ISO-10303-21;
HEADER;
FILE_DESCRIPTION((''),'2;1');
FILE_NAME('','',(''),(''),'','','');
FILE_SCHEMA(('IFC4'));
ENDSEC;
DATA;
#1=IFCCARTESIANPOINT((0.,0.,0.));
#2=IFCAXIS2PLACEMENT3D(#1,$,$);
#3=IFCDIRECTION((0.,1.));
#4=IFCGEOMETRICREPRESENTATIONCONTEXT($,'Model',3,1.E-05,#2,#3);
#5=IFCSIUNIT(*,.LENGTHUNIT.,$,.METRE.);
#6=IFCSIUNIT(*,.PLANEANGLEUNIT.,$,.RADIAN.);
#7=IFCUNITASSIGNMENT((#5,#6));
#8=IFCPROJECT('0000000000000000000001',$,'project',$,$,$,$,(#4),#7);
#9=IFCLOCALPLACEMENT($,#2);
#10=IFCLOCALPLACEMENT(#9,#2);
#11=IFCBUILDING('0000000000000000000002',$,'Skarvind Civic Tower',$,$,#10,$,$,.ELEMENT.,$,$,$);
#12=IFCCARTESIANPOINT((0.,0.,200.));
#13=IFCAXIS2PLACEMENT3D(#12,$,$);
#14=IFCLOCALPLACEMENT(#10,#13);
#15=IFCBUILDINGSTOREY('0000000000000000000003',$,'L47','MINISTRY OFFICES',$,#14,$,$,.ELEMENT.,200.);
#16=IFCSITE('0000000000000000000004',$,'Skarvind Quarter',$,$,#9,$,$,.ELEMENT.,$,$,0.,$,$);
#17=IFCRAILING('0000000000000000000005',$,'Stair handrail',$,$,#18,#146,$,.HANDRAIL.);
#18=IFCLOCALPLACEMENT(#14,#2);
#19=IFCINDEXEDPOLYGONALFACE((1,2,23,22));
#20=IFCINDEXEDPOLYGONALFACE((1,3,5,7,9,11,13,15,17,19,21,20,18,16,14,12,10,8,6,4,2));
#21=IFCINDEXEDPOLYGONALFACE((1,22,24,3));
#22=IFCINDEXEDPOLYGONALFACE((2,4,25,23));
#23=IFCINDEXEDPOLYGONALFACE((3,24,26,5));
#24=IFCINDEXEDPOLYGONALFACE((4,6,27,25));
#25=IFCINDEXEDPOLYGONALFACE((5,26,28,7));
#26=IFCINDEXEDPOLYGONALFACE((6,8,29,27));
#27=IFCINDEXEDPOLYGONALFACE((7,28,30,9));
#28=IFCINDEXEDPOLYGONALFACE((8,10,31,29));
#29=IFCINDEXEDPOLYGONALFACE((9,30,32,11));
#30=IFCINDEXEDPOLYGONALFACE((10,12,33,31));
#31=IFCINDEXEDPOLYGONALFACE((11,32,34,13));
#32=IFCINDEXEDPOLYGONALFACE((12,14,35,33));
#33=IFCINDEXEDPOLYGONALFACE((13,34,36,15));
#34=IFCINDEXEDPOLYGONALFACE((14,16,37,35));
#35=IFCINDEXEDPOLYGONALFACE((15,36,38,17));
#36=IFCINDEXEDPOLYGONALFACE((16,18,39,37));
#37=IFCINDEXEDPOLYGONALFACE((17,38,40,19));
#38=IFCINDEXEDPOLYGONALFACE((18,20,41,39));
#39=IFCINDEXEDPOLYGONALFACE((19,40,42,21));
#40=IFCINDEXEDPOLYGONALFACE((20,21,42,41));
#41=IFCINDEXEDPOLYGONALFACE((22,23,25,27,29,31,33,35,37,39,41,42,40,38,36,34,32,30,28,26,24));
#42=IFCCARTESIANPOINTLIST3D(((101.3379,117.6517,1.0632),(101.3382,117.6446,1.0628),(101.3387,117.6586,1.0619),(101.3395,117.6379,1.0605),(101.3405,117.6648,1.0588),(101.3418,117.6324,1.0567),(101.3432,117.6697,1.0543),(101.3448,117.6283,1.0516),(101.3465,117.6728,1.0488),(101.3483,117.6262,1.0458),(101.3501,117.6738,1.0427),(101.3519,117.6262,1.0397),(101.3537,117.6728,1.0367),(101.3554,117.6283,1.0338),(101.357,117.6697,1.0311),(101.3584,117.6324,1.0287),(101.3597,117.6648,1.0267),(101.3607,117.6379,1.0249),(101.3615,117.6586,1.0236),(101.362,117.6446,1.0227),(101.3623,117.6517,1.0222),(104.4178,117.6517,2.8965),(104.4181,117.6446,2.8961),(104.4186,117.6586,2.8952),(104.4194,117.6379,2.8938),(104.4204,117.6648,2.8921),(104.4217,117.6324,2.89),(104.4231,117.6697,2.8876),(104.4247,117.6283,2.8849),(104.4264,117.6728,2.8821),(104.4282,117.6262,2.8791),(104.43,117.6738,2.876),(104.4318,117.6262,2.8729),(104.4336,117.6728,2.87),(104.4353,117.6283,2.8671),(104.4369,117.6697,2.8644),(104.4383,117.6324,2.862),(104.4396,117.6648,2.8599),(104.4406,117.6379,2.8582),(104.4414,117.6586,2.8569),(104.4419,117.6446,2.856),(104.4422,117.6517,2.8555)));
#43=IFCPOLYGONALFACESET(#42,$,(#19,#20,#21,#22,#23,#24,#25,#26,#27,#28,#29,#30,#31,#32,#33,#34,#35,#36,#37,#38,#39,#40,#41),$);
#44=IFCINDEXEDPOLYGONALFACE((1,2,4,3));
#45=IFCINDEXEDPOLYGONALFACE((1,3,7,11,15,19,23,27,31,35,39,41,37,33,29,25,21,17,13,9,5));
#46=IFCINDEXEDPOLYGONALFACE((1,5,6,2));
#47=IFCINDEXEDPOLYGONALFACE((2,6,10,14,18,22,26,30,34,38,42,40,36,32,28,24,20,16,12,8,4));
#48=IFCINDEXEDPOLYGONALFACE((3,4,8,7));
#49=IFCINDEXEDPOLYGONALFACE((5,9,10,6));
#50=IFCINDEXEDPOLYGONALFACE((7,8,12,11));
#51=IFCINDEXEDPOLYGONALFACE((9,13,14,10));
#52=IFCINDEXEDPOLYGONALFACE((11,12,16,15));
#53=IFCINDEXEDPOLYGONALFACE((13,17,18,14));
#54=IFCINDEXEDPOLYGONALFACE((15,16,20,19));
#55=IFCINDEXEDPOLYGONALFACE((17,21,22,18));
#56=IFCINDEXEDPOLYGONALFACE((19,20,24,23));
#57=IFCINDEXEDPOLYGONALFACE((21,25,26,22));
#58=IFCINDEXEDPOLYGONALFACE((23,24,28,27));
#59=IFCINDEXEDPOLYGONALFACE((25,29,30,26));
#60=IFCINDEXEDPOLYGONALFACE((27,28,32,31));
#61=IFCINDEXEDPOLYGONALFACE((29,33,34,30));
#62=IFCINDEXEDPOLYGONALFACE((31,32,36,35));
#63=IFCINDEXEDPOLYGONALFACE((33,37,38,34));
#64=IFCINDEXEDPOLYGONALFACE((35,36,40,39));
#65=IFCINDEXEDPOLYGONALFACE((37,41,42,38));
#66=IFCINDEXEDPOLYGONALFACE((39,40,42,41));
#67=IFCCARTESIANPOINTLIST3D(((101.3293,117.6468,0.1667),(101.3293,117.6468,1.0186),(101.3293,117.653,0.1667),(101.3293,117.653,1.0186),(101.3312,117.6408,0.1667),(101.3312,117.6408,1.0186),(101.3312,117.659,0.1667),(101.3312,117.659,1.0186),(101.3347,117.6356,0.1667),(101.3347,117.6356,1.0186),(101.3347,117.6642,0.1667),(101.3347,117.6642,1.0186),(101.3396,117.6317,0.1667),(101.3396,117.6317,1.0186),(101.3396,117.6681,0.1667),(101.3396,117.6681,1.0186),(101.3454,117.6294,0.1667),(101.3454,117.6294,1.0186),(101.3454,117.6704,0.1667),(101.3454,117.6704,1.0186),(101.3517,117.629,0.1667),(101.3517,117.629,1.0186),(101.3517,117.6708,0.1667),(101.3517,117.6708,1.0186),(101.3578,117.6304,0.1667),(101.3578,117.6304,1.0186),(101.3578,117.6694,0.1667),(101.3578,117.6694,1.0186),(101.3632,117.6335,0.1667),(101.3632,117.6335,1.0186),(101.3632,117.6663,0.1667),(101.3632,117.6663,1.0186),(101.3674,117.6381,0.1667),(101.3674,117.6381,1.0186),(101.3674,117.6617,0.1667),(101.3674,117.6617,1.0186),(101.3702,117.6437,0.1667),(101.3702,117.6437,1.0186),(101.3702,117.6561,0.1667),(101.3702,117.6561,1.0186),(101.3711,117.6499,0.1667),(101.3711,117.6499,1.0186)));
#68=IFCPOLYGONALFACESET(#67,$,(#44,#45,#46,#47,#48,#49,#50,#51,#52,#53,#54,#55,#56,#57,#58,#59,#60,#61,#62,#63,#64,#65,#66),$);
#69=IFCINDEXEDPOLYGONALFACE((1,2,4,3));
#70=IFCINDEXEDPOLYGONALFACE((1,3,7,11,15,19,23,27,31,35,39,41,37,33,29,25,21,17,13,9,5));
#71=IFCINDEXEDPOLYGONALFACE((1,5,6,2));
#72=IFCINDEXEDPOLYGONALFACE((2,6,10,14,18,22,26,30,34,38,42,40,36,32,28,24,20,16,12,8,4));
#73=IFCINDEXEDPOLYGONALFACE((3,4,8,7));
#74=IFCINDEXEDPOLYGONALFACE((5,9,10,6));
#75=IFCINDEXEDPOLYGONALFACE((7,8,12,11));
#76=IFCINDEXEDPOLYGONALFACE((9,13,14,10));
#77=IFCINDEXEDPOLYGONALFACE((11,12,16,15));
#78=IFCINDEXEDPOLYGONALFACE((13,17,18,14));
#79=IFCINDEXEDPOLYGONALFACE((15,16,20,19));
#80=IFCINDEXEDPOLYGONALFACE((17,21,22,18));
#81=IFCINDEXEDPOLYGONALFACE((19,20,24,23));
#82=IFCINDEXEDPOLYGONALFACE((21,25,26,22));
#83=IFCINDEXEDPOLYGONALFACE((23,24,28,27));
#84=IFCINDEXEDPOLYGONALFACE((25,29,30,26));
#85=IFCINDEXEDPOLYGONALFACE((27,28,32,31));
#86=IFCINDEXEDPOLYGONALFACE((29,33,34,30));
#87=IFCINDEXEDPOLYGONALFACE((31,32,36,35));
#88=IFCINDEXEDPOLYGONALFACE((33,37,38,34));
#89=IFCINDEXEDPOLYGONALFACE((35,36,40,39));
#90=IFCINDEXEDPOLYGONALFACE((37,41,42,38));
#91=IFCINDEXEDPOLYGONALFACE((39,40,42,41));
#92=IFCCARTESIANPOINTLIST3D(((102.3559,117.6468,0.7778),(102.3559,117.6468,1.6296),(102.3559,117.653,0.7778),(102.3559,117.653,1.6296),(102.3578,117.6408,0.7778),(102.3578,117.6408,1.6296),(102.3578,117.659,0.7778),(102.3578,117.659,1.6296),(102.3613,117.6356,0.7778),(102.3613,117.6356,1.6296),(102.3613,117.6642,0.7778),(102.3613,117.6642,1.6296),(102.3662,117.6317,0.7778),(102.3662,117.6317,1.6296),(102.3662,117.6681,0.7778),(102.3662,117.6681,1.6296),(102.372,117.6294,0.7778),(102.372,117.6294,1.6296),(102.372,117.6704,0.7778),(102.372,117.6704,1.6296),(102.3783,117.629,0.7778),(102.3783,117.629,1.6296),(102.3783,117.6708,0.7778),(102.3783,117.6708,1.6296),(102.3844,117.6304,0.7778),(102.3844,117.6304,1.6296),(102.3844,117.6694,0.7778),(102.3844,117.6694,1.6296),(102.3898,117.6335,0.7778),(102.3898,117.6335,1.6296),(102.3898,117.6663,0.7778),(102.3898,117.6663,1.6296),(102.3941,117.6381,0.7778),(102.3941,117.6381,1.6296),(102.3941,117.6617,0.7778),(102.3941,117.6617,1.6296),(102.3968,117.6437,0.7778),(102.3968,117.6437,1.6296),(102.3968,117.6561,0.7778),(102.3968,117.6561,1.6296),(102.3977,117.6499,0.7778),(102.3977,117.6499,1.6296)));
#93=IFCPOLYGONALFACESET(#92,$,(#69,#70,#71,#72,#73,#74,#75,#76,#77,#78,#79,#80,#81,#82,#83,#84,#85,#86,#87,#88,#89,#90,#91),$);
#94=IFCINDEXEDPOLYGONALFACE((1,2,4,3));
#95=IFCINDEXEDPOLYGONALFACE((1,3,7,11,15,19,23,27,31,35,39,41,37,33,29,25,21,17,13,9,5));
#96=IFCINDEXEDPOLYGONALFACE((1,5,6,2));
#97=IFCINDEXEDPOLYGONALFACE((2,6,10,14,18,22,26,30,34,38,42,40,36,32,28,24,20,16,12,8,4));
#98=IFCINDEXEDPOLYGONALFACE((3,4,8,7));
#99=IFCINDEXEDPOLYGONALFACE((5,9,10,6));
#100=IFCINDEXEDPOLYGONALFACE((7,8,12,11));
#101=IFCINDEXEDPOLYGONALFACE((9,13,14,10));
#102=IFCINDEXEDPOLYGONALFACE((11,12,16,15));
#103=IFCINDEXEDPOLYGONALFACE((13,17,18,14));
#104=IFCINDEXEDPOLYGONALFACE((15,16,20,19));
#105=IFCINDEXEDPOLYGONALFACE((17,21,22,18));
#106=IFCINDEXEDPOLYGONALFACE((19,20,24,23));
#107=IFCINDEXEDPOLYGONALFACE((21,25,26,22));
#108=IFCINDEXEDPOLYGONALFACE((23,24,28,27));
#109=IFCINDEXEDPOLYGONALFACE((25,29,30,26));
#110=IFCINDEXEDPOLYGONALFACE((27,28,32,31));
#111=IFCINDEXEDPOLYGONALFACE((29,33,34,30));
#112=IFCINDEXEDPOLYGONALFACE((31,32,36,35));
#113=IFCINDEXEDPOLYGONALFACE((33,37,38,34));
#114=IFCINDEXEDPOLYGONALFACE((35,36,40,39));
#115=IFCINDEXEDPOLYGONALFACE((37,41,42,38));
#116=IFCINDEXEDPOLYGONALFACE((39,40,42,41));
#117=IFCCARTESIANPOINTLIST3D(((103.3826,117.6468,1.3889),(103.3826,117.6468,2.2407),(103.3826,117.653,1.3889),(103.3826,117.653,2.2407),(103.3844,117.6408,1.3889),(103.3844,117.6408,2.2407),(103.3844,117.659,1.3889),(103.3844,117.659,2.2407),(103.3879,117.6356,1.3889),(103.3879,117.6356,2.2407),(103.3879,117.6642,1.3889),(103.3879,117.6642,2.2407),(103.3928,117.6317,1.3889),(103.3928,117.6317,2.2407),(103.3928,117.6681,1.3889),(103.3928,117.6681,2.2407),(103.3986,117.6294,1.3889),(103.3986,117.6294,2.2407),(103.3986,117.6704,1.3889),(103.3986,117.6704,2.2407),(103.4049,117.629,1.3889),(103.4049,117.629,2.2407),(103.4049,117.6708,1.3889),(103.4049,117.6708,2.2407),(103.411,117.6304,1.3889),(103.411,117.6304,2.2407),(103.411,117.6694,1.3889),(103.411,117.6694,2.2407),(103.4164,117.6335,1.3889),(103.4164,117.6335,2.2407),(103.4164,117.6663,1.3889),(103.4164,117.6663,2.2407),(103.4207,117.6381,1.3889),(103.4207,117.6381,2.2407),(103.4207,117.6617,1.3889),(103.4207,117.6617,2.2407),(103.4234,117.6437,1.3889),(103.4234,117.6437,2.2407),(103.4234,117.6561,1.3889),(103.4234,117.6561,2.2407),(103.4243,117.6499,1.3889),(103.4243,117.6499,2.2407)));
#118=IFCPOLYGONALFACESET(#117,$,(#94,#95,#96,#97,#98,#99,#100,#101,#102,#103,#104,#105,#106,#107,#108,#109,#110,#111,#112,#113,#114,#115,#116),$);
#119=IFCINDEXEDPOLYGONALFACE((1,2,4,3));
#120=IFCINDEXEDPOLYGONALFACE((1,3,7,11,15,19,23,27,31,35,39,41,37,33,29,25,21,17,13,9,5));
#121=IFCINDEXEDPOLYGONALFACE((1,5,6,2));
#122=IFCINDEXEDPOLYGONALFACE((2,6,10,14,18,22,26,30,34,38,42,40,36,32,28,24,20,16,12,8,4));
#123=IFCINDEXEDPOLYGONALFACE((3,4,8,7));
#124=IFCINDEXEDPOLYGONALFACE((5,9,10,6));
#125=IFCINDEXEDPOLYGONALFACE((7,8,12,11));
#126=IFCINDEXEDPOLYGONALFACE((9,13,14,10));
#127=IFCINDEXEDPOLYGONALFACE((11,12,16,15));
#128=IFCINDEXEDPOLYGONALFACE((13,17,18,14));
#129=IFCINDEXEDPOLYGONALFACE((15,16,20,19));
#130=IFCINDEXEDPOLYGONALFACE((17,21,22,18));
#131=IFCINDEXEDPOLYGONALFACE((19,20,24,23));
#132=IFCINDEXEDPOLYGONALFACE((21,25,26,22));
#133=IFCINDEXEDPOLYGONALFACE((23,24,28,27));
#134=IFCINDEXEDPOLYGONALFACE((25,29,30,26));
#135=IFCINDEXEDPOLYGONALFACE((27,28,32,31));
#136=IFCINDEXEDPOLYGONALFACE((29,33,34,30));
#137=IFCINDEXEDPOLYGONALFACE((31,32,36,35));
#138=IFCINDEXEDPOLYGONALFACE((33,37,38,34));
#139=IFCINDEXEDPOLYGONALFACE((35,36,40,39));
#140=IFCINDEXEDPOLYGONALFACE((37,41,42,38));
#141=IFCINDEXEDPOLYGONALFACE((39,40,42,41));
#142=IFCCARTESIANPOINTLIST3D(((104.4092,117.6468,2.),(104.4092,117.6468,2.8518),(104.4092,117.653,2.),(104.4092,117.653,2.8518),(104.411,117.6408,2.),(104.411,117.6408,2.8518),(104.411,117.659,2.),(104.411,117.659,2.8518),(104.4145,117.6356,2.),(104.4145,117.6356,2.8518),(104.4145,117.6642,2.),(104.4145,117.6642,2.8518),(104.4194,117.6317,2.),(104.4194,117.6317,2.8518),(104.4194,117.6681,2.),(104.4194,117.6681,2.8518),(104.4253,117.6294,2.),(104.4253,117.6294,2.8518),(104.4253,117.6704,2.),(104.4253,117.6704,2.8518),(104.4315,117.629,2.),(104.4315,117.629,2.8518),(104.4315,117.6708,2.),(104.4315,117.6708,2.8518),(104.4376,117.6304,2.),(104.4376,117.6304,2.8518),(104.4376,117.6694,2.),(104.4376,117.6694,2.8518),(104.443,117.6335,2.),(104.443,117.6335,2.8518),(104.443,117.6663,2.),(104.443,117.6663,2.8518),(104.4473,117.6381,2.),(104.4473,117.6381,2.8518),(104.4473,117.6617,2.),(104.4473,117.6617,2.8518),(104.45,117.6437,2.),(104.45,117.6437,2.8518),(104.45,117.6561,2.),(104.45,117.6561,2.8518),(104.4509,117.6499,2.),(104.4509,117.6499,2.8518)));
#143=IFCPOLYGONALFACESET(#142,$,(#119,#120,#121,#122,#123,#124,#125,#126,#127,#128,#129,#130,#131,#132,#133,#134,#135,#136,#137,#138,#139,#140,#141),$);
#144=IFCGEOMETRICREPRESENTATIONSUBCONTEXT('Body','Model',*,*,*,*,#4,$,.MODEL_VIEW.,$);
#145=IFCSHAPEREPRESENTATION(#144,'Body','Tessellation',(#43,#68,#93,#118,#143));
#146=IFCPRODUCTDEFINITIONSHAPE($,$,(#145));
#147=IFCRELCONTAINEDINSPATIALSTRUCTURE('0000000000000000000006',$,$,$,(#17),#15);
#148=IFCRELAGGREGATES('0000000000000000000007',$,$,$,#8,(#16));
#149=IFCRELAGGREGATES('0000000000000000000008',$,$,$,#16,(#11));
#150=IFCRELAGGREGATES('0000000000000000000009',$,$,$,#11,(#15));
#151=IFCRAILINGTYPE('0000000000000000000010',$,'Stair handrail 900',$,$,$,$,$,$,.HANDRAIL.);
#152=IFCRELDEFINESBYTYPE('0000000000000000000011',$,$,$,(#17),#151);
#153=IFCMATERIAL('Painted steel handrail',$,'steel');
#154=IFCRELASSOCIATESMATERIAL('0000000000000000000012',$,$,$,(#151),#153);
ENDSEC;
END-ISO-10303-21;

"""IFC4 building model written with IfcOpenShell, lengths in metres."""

from ifc_helpers import new_model, si_unit, direction, frame, origin, origin_2d, place, context, subcontext, project, spatial, circle, extrude, material, type_object, element, save


model = new_model("IFC4")

# Units and contexts
model_context = context("Model", 3, precision=1e-05, world=origin(), true_north=direction((0.0, 1.0)))
body_context = subcontext(model_context, "Body", "Model", "MODEL_VIEW")
ifc_project = project(units=[si_unit("LENGTHUNIT", "METRE"), si_unit("PLANEANGLEUNIT", "RADIAN")], contexts=[model_context])

# Site, building, storey
site_placement = place(None, origin())
site = spatial("IfcSite", under=ifc_project, at=site_placement, Name="Skarvind Quarter", CompositionType="ELEMENT", RefElevation=0.0)
building_placement = place(site_placement, origin())
building = spatial("IfcBuilding", under=site, at=building_placement, Name="Skarvind Civic Tower", CompositionType="ELEMENT")
storey_placement = place(building_placement, frame((0.0, 0.0, 200.0)))
storey = spatial("IfcBuildingStorey", under=building, at=storey_placement, Name="L47", Description="MINISTRY OFFICES", CompositionType="ELEMENT", Elevation=200.0)

# Railing
ifc_material_1 = material(Name="Painted steel handrail", Category="steel")
railing_type = type_object("IfcRailingType", Name="Stair handrail 900", PredefinedType="HANDRAIL", material=ifc_material_1)
railing_1_placement = place(storey_placement, frame((101.3501, 117.6499, 0.1667)))
element("IfcRailing", 1, at=railing_1_placement, inside=storey, type_object=railing_type, Name="Stair handrail", PredefinedType="HANDRAIL", context=body_context, shape_type="SweptSolid", body=[
    extrude(circle(Radius=0.0239, at=origin_2d()), frame((0.0, 0.0, 0.876), z_axis=(0.859291, 0.0, 0.511487), x_axis=(0.0, 1.0, 0.0)), (0.0, 0.0, 1.0), 3.5842),
    extrude(circle(Radius=0.021, at=origin_2d()), origin(), (0.0, 0.0, 1.0), 0.8518),
    extrude(circle(Radius=0.021, at=origin_2d()), frame((1.0266, 0.0, 0.6111)), (0.0, 0.0, 1.0), 0.8518),
    extrude(circle(Radius=0.021, at=origin_2d()), frame((2.0532, 0.0, 1.2222)), (0.0, 0.0, 1.0), 0.8518),
    extrude(circle(Radius=0.021, at=origin_2d()), frame((3.0798, 0.0, 1.8333)), (0.0, 0.0, 1.0), 0.8518),
])

save(model, "model.ifc")
